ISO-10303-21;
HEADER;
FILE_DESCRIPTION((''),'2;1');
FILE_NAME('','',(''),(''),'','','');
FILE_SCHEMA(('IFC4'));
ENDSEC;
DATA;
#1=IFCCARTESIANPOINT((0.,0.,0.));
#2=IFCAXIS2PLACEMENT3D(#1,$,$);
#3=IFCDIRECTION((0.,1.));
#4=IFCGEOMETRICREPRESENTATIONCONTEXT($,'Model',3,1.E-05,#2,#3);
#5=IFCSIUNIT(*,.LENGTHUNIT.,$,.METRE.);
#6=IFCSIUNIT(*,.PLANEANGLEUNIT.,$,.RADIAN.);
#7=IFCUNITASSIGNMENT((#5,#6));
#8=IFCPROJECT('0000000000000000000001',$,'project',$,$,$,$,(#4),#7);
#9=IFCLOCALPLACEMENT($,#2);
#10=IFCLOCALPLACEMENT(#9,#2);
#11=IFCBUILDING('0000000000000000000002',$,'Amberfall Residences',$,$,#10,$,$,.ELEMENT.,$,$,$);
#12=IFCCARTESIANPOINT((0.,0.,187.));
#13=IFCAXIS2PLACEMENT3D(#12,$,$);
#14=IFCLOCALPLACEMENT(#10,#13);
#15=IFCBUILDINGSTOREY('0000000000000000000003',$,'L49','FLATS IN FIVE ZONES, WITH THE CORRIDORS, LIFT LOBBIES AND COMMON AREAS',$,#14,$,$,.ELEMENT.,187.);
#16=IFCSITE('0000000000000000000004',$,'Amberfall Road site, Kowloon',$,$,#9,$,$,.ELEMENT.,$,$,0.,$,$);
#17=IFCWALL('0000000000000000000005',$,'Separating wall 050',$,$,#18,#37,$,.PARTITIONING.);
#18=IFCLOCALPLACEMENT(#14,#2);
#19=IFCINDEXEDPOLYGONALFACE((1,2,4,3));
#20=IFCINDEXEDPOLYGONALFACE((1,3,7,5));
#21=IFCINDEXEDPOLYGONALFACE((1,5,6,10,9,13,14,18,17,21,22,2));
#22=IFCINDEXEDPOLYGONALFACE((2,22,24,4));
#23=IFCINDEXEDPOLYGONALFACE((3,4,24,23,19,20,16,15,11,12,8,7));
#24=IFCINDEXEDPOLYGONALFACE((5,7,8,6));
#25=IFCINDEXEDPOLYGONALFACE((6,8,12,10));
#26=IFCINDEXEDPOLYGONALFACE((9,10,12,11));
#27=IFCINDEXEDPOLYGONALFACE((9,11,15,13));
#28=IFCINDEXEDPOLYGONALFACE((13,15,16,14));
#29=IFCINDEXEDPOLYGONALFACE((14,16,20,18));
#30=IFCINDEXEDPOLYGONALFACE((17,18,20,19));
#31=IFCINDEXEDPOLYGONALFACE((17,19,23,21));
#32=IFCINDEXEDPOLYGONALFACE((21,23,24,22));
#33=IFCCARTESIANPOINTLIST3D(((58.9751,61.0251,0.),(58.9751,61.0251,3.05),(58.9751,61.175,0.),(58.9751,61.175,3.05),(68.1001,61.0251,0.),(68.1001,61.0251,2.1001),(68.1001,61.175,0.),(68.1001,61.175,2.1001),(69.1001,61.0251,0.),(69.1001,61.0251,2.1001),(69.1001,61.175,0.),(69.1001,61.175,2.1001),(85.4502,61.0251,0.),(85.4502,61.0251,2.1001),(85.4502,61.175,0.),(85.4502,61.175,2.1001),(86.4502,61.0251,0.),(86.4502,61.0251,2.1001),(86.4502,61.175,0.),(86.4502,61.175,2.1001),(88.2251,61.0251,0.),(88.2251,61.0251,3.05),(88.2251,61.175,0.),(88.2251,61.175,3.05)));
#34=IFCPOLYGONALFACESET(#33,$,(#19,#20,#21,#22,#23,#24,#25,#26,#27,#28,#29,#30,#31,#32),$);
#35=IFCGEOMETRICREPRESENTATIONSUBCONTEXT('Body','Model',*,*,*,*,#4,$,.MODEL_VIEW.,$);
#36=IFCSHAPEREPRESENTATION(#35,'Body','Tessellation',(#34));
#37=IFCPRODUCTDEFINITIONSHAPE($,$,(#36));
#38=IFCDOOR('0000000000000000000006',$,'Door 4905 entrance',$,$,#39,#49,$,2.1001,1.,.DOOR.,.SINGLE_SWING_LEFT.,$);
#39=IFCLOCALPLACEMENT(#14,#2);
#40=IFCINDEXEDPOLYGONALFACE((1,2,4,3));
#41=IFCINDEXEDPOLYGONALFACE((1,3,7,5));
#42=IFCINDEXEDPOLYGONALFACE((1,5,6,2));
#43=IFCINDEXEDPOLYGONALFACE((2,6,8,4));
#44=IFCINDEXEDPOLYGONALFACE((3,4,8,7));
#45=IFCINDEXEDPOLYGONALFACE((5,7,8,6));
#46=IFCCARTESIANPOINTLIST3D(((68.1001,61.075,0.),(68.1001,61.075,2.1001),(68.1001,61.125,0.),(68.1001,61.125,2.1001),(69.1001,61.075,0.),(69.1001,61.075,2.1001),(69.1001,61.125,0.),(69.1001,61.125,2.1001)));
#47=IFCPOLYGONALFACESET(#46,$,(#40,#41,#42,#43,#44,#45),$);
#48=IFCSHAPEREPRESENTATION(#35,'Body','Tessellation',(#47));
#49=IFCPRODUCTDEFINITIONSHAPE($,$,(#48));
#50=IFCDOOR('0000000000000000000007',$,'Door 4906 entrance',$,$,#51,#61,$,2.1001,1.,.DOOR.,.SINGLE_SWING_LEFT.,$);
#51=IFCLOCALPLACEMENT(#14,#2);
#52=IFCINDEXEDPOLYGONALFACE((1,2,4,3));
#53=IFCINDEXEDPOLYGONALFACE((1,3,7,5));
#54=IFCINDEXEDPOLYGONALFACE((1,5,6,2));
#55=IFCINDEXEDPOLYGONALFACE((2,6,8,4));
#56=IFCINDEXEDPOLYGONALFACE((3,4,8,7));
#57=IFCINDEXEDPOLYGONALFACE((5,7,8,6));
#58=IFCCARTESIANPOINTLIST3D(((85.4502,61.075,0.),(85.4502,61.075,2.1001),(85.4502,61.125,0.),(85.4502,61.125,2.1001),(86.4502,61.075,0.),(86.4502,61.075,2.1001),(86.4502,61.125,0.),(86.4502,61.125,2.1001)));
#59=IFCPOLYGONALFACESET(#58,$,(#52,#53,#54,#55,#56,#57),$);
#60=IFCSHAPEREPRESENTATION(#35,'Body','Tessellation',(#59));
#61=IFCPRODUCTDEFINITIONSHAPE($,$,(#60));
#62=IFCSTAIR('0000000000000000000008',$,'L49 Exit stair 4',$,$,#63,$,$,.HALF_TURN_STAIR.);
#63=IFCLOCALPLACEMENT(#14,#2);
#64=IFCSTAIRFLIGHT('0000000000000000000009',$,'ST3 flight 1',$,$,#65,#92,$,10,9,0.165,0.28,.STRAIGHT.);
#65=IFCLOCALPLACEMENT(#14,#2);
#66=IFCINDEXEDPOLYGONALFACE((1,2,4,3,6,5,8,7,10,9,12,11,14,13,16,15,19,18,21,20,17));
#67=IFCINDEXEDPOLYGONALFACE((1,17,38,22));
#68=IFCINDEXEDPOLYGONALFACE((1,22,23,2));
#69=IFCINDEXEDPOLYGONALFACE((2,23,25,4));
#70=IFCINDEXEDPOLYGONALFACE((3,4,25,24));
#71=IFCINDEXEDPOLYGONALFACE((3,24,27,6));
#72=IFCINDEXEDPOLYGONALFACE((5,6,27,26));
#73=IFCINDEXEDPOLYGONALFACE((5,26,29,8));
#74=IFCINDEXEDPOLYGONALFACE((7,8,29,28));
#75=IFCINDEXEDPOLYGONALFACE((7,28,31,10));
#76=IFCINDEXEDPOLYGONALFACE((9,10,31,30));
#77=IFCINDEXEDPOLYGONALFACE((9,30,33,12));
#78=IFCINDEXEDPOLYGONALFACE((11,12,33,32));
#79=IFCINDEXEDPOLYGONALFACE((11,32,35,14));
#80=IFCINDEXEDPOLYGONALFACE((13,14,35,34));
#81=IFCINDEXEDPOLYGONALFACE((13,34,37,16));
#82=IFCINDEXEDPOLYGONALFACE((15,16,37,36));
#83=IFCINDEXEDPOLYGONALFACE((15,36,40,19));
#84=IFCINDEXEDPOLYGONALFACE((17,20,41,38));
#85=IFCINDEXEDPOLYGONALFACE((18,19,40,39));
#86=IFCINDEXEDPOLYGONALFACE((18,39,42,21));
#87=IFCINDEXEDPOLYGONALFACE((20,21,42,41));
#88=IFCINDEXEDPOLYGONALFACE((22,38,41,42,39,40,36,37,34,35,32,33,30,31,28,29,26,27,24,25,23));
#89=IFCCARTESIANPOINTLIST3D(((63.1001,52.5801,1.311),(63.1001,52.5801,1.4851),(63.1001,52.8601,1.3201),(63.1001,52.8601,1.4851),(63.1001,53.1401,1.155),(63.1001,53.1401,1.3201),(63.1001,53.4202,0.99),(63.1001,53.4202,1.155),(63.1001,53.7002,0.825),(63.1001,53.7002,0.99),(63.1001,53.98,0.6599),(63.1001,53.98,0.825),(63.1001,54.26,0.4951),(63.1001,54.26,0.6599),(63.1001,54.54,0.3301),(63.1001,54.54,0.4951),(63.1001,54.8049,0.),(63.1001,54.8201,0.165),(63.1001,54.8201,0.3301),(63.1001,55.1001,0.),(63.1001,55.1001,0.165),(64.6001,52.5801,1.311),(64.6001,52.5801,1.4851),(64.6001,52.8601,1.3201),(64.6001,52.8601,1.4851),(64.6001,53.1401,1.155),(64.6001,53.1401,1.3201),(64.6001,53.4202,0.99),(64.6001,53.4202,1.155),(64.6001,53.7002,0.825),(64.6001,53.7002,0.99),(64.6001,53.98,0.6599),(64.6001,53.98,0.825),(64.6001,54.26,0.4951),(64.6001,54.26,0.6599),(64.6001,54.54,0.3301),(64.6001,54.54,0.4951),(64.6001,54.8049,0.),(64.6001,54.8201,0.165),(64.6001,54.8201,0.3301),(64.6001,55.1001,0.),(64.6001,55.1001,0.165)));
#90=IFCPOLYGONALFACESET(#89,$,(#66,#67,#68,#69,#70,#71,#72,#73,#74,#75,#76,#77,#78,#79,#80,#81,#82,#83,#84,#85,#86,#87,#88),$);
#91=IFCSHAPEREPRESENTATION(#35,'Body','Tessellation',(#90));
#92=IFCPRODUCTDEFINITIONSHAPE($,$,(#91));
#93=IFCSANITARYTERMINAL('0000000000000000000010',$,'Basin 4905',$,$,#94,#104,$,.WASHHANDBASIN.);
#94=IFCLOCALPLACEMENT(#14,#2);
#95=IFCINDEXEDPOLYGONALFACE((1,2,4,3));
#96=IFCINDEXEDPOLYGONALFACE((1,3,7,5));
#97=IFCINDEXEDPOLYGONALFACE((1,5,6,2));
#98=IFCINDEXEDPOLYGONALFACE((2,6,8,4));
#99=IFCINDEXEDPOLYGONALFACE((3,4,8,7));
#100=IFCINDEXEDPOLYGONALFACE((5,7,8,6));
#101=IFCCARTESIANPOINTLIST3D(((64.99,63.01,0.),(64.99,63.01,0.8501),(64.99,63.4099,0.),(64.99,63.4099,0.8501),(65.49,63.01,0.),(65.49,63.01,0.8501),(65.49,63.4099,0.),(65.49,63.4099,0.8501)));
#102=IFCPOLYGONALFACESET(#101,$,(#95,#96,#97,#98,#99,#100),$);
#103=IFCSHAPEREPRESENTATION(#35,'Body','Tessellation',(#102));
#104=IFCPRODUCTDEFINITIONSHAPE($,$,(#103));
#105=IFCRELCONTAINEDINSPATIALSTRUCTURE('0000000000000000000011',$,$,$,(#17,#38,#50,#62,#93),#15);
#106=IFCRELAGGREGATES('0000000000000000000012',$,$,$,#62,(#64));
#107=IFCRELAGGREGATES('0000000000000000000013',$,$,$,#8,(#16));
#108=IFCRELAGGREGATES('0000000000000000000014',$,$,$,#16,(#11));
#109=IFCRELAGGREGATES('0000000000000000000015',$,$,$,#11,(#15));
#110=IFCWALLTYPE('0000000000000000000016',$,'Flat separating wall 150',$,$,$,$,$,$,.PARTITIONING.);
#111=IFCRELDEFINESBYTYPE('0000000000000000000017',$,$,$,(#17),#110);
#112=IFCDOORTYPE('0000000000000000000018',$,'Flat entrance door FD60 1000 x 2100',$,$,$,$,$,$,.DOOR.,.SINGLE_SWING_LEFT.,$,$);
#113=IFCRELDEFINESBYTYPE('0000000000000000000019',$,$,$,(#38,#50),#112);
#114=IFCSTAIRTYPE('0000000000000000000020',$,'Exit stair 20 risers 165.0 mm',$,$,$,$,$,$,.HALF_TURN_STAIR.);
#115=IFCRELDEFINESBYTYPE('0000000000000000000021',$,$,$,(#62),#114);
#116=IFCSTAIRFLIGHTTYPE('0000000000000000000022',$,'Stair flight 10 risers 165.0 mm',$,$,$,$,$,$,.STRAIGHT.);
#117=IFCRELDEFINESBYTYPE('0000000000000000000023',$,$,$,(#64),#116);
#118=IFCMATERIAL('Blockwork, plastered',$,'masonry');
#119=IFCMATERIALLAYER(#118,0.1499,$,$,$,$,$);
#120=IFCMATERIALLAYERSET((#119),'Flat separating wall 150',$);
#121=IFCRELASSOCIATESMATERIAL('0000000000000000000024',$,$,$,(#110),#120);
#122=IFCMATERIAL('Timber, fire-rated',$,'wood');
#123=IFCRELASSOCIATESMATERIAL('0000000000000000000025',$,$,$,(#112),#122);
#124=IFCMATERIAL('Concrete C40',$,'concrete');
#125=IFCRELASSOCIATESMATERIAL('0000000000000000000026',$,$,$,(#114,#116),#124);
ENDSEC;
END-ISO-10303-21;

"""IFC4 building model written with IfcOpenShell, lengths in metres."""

from ifc_helpers import new_model, si_unit, direction, frame, frame_2d, origin, origin_2d, place, context, subcontext, project, spatial, polyline, rectangle, outline, extrude, material, layer, layer_set, type_object, element, fill, aggregate, save


model = new_model("IFC4")

# Units and contexts
model_context = context("Model", 3, precision=1e-05, world=origin(), true_north=direction((0.0, 1.0)))
body_context = subcontext(model_context, "Body", "Model", "MODEL_VIEW")
ifc_project = project(units=[si_unit("LENGTHUNIT", "METRE"), si_unit("PLANEANGLEUNIT", "RADIAN")], contexts=[model_context])

# Site, building, storey
site_placement = place(None, origin())
site = spatial("IfcSite", under=ifc_project, at=site_placement, Name="Amberfall Road site, Kowloon", CompositionType="ELEMENT", RefElevation=0.0)
building_placement = place(site_placement, origin())
building = spatial("IfcBuilding", under=site, at=building_placement, Name="Amberfall Residences", CompositionType="ELEMENT")
storey_placement = place(building_placement, frame((0.0, 0.0, 187.0)))
storey = spatial("IfcBuildingStorey", under=building, at=storey_placement, Name="L49", Description="FLATS IN FIVE ZONES, WITH THE CORRIDORS, LIFT LOBBIES AND COMMON AREAS", CompositionType="ELEMENT", Elevation=187.0)

# Shared definitions
ifc_material_1 = material(Name="Blockwork, plastered", Category="masonry")
ifc_layer_1 = layer(ifc_material_1, 0.1499)
ifc_layer_set_1 = layer_set([ifc_layer_1], Name="Flat separating wall 150")
wall_type_1 = type_object("IfcWallType", Name="Flat separating wall 150", PredefinedType="PARTITIONING", material=ifc_layer_set_1)

# Wall, openings, doors
wall_1_placement = place(storey_placement, frame((58.9751, 61.1001, 0.0), z_axis=(0.0, 0.0, 1.0), x_axis=(1.0, 0.0, 0.0)))
wall_1 = element("IfcWall", 1, at=wall_1_placement, inside=storey, type_object=wall_type_1, Name="Separating wall 050", PredefinedType="PARTITIONING", context=body_context, shape_type="SweptSolid", body=[
    extrude(rectangle(XDim=29.25, YDim=0.1499, at=frame_2d((14.625, 0.0))), origin(), (0.0, 0.0, 1.0), 3.05),
])
opening_1_placement = place(wall_1_placement, frame((9.125, 0.0, 0.0)))
opening_1 = element("IfcOpeningElement", 2, at=opening_1_placement, cuts=wall_1, PredefinedType="OPENING", context=body_context, shape_type="SweptSolid", body=[
    extrude(rectangle(XDim=1.0, YDim=2.1001, at=frame_2d((0.5, 1.05))), frame((0.0, 0.085, 0.0), z_axis=(0.0, -1.0, 0.0), x_axis=(1.0, 0.0, 0.0)), (0.0, 0.0, 1.0), 0.1699),
])
opening_2_placement = place(wall_1_placement, frame((26.4751, 0.0, 0.0)))
opening_2 = element("IfcOpeningElement", 3, at=opening_2_placement, cuts=wall_1, PredefinedType="OPENING", context=body_context, shape_type="SweptSolid", body=[
    extrude(rectangle(XDim=1.0, YDim=2.1001, at=frame_2d((0.5, 1.05))), frame((0.0, 0.085, 0.0), z_axis=(0.0, -1.0, 0.0), x_axis=(1.0, 0.0, 0.0)), (0.0, 0.0, 1.0), 0.1699),
])
ifc_material_2 = material(Name="Timber, fire-rated", Category="wood")
door_type_1 = type_object("IfcDoorType", Name="Flat entrance door FD60 1000 x 2100", OperationType="SINGLE_SWING_LEFT", PredefinedType="DOOR", material=ifc_material_2)
door_1_placement = place(opening_1_placement, origin())
door_1 = element("IfcDoor", 4, at=door_1_placement, inside=storey, type_object=door_type_1, Name="Door 4905 entrance", OperationType="SINGLE_SWING_LEFT", OverallHeight=2.1001, OverallWidth=1.0, PredefinedType="DOOR", context=body_context, shape_type="SweptSolid", body=[
    extrude(rectangle(XDim=1.0, YDim=2.1001, at=frame_2d((0.5, 1.05))), frame((0.0, 0.0249, 0.0), z_axis=(0.0, -1.0, 0.0), x_axis=(1.0, 0.0, 0.0)), (0.0, 0.0, 1.0), 0.05),
])
fill(opening_1, door_1)
door_2_placement = place(opening_2_placement, origin())
door_2 = element("IfcDoor", 5, at=door_2_placement, inside=storey, type_object=door_type_1, Name="Door 4906 entrance", OperationType="SINGLE_SWING_LEFT", OverallHeight=2.1001, OverallWidth=1.0, PredefinedType="DOOR", context=body_context, shape_type="SweptSolid", body=[
    extrude(rectangle(XDim=1.0, YDim=2.1001, at=frame_2d((0.5, 1.05))), frame((0.0, 0.0249, 0.0), z_axis=(0.0, -1.0, 0.0), x_axis=(1.0, 0.0, 0.0)), (0.0, 0.0, 1.0), 0.05),
])
fill(opening_2, door_2)

# Stair, stair flight
ifc_material_3 = material(Name="Concrete C40", Category="concrete")
stair_type = type_object("IfcStairType", Name="Exit stair 20 risers 165.0 mm", PredefinedType="HALF_TURN_STAIR", material=ifc_material_3)
stair_placement = place(storey_placement, origin())
stair = element("IfcStair", 6, at=stair_placement, inside=storey, type_object=stair_type, Name="L49 Exit stair 4", PredefinedType="HALF_TURN_STAIR")
stair_flight_type = type_object("IfcStairFlightType", Name="Stair flight 10 risers 165.0 mm", PredefinedType="STRAIGHT", material=ifc_material_3)
stair_flight_placement = place(storey_placement, frame((63.8501, 55.1001, 0.0), z_axis=(0.0, 0.0, 1.0), x_axis=(0.0, -1.0, 0.0)))
stair_flight = element("IfcStairFlight", 7, at=stair_flight_placement, type_object=stair_flight_type, Name="ST3 flight 1", NumberOfRisers=10, NumberOfTreads=9, PredefinedType="STRAIGHT", RiserHeight=0.165, TreadLength=0.28, context=body_context, shape_type="SweptSolid", body=[
    extrude(outline(polyline([(0.0, 0.0), (0.0, 0.165), (0.28, 0.165), (0.28, 0.3301), (0.5601, 0.3301), (0.5601, 0.4951), (0.8401, 0.4951), (0.8401, 0.6599), (1.1201, 0.6599), (1.1201, 0.825), (1.3999, 0.825), (1.3999, 0.99), (1.6799, 0.99), (1.6799, 1.155), (1.96, 1.155), (1.96, 1.3201), (2.24, 1.3201), (2.24, 1.4851), (2.52, 1.4851), (2.52, 1.6499), (2.52, 1.311), (0.2952, 0.0), (0.0, 0.0)])), frame((0.0, 0.75, 0.0), z_axis=(0.0, -1.0, 0.0), x_axis=(1.0, 0.0, 0.0)), (0.0, 0.0, 1.0), 1.5),
])
aggregate(stair, [stair_flight])

# Sanitary terminal
sanitary_terminal_placement = place(storey_placement, frame((65.24, 63.21, 0.0), z_axis=(0.0, 0.0, 1.0), x_axis=(1.0, 0.0, 0.0)))
element("IfcSanitaryTerminal", 8, at=sanitary_terminal_placement, inside=storey, Name="Basin 4905", PredefinedType="WASHHANDBASIN", context=body_context, shape_type="SweptSolid", body=[
    extrude(rectangle(XDim=0.5, YDim=0.3999, at=origin_2d()), origin(), (0.0, 0.0, 1.0), 0.8501),
])

save(model, "model.ifc")
